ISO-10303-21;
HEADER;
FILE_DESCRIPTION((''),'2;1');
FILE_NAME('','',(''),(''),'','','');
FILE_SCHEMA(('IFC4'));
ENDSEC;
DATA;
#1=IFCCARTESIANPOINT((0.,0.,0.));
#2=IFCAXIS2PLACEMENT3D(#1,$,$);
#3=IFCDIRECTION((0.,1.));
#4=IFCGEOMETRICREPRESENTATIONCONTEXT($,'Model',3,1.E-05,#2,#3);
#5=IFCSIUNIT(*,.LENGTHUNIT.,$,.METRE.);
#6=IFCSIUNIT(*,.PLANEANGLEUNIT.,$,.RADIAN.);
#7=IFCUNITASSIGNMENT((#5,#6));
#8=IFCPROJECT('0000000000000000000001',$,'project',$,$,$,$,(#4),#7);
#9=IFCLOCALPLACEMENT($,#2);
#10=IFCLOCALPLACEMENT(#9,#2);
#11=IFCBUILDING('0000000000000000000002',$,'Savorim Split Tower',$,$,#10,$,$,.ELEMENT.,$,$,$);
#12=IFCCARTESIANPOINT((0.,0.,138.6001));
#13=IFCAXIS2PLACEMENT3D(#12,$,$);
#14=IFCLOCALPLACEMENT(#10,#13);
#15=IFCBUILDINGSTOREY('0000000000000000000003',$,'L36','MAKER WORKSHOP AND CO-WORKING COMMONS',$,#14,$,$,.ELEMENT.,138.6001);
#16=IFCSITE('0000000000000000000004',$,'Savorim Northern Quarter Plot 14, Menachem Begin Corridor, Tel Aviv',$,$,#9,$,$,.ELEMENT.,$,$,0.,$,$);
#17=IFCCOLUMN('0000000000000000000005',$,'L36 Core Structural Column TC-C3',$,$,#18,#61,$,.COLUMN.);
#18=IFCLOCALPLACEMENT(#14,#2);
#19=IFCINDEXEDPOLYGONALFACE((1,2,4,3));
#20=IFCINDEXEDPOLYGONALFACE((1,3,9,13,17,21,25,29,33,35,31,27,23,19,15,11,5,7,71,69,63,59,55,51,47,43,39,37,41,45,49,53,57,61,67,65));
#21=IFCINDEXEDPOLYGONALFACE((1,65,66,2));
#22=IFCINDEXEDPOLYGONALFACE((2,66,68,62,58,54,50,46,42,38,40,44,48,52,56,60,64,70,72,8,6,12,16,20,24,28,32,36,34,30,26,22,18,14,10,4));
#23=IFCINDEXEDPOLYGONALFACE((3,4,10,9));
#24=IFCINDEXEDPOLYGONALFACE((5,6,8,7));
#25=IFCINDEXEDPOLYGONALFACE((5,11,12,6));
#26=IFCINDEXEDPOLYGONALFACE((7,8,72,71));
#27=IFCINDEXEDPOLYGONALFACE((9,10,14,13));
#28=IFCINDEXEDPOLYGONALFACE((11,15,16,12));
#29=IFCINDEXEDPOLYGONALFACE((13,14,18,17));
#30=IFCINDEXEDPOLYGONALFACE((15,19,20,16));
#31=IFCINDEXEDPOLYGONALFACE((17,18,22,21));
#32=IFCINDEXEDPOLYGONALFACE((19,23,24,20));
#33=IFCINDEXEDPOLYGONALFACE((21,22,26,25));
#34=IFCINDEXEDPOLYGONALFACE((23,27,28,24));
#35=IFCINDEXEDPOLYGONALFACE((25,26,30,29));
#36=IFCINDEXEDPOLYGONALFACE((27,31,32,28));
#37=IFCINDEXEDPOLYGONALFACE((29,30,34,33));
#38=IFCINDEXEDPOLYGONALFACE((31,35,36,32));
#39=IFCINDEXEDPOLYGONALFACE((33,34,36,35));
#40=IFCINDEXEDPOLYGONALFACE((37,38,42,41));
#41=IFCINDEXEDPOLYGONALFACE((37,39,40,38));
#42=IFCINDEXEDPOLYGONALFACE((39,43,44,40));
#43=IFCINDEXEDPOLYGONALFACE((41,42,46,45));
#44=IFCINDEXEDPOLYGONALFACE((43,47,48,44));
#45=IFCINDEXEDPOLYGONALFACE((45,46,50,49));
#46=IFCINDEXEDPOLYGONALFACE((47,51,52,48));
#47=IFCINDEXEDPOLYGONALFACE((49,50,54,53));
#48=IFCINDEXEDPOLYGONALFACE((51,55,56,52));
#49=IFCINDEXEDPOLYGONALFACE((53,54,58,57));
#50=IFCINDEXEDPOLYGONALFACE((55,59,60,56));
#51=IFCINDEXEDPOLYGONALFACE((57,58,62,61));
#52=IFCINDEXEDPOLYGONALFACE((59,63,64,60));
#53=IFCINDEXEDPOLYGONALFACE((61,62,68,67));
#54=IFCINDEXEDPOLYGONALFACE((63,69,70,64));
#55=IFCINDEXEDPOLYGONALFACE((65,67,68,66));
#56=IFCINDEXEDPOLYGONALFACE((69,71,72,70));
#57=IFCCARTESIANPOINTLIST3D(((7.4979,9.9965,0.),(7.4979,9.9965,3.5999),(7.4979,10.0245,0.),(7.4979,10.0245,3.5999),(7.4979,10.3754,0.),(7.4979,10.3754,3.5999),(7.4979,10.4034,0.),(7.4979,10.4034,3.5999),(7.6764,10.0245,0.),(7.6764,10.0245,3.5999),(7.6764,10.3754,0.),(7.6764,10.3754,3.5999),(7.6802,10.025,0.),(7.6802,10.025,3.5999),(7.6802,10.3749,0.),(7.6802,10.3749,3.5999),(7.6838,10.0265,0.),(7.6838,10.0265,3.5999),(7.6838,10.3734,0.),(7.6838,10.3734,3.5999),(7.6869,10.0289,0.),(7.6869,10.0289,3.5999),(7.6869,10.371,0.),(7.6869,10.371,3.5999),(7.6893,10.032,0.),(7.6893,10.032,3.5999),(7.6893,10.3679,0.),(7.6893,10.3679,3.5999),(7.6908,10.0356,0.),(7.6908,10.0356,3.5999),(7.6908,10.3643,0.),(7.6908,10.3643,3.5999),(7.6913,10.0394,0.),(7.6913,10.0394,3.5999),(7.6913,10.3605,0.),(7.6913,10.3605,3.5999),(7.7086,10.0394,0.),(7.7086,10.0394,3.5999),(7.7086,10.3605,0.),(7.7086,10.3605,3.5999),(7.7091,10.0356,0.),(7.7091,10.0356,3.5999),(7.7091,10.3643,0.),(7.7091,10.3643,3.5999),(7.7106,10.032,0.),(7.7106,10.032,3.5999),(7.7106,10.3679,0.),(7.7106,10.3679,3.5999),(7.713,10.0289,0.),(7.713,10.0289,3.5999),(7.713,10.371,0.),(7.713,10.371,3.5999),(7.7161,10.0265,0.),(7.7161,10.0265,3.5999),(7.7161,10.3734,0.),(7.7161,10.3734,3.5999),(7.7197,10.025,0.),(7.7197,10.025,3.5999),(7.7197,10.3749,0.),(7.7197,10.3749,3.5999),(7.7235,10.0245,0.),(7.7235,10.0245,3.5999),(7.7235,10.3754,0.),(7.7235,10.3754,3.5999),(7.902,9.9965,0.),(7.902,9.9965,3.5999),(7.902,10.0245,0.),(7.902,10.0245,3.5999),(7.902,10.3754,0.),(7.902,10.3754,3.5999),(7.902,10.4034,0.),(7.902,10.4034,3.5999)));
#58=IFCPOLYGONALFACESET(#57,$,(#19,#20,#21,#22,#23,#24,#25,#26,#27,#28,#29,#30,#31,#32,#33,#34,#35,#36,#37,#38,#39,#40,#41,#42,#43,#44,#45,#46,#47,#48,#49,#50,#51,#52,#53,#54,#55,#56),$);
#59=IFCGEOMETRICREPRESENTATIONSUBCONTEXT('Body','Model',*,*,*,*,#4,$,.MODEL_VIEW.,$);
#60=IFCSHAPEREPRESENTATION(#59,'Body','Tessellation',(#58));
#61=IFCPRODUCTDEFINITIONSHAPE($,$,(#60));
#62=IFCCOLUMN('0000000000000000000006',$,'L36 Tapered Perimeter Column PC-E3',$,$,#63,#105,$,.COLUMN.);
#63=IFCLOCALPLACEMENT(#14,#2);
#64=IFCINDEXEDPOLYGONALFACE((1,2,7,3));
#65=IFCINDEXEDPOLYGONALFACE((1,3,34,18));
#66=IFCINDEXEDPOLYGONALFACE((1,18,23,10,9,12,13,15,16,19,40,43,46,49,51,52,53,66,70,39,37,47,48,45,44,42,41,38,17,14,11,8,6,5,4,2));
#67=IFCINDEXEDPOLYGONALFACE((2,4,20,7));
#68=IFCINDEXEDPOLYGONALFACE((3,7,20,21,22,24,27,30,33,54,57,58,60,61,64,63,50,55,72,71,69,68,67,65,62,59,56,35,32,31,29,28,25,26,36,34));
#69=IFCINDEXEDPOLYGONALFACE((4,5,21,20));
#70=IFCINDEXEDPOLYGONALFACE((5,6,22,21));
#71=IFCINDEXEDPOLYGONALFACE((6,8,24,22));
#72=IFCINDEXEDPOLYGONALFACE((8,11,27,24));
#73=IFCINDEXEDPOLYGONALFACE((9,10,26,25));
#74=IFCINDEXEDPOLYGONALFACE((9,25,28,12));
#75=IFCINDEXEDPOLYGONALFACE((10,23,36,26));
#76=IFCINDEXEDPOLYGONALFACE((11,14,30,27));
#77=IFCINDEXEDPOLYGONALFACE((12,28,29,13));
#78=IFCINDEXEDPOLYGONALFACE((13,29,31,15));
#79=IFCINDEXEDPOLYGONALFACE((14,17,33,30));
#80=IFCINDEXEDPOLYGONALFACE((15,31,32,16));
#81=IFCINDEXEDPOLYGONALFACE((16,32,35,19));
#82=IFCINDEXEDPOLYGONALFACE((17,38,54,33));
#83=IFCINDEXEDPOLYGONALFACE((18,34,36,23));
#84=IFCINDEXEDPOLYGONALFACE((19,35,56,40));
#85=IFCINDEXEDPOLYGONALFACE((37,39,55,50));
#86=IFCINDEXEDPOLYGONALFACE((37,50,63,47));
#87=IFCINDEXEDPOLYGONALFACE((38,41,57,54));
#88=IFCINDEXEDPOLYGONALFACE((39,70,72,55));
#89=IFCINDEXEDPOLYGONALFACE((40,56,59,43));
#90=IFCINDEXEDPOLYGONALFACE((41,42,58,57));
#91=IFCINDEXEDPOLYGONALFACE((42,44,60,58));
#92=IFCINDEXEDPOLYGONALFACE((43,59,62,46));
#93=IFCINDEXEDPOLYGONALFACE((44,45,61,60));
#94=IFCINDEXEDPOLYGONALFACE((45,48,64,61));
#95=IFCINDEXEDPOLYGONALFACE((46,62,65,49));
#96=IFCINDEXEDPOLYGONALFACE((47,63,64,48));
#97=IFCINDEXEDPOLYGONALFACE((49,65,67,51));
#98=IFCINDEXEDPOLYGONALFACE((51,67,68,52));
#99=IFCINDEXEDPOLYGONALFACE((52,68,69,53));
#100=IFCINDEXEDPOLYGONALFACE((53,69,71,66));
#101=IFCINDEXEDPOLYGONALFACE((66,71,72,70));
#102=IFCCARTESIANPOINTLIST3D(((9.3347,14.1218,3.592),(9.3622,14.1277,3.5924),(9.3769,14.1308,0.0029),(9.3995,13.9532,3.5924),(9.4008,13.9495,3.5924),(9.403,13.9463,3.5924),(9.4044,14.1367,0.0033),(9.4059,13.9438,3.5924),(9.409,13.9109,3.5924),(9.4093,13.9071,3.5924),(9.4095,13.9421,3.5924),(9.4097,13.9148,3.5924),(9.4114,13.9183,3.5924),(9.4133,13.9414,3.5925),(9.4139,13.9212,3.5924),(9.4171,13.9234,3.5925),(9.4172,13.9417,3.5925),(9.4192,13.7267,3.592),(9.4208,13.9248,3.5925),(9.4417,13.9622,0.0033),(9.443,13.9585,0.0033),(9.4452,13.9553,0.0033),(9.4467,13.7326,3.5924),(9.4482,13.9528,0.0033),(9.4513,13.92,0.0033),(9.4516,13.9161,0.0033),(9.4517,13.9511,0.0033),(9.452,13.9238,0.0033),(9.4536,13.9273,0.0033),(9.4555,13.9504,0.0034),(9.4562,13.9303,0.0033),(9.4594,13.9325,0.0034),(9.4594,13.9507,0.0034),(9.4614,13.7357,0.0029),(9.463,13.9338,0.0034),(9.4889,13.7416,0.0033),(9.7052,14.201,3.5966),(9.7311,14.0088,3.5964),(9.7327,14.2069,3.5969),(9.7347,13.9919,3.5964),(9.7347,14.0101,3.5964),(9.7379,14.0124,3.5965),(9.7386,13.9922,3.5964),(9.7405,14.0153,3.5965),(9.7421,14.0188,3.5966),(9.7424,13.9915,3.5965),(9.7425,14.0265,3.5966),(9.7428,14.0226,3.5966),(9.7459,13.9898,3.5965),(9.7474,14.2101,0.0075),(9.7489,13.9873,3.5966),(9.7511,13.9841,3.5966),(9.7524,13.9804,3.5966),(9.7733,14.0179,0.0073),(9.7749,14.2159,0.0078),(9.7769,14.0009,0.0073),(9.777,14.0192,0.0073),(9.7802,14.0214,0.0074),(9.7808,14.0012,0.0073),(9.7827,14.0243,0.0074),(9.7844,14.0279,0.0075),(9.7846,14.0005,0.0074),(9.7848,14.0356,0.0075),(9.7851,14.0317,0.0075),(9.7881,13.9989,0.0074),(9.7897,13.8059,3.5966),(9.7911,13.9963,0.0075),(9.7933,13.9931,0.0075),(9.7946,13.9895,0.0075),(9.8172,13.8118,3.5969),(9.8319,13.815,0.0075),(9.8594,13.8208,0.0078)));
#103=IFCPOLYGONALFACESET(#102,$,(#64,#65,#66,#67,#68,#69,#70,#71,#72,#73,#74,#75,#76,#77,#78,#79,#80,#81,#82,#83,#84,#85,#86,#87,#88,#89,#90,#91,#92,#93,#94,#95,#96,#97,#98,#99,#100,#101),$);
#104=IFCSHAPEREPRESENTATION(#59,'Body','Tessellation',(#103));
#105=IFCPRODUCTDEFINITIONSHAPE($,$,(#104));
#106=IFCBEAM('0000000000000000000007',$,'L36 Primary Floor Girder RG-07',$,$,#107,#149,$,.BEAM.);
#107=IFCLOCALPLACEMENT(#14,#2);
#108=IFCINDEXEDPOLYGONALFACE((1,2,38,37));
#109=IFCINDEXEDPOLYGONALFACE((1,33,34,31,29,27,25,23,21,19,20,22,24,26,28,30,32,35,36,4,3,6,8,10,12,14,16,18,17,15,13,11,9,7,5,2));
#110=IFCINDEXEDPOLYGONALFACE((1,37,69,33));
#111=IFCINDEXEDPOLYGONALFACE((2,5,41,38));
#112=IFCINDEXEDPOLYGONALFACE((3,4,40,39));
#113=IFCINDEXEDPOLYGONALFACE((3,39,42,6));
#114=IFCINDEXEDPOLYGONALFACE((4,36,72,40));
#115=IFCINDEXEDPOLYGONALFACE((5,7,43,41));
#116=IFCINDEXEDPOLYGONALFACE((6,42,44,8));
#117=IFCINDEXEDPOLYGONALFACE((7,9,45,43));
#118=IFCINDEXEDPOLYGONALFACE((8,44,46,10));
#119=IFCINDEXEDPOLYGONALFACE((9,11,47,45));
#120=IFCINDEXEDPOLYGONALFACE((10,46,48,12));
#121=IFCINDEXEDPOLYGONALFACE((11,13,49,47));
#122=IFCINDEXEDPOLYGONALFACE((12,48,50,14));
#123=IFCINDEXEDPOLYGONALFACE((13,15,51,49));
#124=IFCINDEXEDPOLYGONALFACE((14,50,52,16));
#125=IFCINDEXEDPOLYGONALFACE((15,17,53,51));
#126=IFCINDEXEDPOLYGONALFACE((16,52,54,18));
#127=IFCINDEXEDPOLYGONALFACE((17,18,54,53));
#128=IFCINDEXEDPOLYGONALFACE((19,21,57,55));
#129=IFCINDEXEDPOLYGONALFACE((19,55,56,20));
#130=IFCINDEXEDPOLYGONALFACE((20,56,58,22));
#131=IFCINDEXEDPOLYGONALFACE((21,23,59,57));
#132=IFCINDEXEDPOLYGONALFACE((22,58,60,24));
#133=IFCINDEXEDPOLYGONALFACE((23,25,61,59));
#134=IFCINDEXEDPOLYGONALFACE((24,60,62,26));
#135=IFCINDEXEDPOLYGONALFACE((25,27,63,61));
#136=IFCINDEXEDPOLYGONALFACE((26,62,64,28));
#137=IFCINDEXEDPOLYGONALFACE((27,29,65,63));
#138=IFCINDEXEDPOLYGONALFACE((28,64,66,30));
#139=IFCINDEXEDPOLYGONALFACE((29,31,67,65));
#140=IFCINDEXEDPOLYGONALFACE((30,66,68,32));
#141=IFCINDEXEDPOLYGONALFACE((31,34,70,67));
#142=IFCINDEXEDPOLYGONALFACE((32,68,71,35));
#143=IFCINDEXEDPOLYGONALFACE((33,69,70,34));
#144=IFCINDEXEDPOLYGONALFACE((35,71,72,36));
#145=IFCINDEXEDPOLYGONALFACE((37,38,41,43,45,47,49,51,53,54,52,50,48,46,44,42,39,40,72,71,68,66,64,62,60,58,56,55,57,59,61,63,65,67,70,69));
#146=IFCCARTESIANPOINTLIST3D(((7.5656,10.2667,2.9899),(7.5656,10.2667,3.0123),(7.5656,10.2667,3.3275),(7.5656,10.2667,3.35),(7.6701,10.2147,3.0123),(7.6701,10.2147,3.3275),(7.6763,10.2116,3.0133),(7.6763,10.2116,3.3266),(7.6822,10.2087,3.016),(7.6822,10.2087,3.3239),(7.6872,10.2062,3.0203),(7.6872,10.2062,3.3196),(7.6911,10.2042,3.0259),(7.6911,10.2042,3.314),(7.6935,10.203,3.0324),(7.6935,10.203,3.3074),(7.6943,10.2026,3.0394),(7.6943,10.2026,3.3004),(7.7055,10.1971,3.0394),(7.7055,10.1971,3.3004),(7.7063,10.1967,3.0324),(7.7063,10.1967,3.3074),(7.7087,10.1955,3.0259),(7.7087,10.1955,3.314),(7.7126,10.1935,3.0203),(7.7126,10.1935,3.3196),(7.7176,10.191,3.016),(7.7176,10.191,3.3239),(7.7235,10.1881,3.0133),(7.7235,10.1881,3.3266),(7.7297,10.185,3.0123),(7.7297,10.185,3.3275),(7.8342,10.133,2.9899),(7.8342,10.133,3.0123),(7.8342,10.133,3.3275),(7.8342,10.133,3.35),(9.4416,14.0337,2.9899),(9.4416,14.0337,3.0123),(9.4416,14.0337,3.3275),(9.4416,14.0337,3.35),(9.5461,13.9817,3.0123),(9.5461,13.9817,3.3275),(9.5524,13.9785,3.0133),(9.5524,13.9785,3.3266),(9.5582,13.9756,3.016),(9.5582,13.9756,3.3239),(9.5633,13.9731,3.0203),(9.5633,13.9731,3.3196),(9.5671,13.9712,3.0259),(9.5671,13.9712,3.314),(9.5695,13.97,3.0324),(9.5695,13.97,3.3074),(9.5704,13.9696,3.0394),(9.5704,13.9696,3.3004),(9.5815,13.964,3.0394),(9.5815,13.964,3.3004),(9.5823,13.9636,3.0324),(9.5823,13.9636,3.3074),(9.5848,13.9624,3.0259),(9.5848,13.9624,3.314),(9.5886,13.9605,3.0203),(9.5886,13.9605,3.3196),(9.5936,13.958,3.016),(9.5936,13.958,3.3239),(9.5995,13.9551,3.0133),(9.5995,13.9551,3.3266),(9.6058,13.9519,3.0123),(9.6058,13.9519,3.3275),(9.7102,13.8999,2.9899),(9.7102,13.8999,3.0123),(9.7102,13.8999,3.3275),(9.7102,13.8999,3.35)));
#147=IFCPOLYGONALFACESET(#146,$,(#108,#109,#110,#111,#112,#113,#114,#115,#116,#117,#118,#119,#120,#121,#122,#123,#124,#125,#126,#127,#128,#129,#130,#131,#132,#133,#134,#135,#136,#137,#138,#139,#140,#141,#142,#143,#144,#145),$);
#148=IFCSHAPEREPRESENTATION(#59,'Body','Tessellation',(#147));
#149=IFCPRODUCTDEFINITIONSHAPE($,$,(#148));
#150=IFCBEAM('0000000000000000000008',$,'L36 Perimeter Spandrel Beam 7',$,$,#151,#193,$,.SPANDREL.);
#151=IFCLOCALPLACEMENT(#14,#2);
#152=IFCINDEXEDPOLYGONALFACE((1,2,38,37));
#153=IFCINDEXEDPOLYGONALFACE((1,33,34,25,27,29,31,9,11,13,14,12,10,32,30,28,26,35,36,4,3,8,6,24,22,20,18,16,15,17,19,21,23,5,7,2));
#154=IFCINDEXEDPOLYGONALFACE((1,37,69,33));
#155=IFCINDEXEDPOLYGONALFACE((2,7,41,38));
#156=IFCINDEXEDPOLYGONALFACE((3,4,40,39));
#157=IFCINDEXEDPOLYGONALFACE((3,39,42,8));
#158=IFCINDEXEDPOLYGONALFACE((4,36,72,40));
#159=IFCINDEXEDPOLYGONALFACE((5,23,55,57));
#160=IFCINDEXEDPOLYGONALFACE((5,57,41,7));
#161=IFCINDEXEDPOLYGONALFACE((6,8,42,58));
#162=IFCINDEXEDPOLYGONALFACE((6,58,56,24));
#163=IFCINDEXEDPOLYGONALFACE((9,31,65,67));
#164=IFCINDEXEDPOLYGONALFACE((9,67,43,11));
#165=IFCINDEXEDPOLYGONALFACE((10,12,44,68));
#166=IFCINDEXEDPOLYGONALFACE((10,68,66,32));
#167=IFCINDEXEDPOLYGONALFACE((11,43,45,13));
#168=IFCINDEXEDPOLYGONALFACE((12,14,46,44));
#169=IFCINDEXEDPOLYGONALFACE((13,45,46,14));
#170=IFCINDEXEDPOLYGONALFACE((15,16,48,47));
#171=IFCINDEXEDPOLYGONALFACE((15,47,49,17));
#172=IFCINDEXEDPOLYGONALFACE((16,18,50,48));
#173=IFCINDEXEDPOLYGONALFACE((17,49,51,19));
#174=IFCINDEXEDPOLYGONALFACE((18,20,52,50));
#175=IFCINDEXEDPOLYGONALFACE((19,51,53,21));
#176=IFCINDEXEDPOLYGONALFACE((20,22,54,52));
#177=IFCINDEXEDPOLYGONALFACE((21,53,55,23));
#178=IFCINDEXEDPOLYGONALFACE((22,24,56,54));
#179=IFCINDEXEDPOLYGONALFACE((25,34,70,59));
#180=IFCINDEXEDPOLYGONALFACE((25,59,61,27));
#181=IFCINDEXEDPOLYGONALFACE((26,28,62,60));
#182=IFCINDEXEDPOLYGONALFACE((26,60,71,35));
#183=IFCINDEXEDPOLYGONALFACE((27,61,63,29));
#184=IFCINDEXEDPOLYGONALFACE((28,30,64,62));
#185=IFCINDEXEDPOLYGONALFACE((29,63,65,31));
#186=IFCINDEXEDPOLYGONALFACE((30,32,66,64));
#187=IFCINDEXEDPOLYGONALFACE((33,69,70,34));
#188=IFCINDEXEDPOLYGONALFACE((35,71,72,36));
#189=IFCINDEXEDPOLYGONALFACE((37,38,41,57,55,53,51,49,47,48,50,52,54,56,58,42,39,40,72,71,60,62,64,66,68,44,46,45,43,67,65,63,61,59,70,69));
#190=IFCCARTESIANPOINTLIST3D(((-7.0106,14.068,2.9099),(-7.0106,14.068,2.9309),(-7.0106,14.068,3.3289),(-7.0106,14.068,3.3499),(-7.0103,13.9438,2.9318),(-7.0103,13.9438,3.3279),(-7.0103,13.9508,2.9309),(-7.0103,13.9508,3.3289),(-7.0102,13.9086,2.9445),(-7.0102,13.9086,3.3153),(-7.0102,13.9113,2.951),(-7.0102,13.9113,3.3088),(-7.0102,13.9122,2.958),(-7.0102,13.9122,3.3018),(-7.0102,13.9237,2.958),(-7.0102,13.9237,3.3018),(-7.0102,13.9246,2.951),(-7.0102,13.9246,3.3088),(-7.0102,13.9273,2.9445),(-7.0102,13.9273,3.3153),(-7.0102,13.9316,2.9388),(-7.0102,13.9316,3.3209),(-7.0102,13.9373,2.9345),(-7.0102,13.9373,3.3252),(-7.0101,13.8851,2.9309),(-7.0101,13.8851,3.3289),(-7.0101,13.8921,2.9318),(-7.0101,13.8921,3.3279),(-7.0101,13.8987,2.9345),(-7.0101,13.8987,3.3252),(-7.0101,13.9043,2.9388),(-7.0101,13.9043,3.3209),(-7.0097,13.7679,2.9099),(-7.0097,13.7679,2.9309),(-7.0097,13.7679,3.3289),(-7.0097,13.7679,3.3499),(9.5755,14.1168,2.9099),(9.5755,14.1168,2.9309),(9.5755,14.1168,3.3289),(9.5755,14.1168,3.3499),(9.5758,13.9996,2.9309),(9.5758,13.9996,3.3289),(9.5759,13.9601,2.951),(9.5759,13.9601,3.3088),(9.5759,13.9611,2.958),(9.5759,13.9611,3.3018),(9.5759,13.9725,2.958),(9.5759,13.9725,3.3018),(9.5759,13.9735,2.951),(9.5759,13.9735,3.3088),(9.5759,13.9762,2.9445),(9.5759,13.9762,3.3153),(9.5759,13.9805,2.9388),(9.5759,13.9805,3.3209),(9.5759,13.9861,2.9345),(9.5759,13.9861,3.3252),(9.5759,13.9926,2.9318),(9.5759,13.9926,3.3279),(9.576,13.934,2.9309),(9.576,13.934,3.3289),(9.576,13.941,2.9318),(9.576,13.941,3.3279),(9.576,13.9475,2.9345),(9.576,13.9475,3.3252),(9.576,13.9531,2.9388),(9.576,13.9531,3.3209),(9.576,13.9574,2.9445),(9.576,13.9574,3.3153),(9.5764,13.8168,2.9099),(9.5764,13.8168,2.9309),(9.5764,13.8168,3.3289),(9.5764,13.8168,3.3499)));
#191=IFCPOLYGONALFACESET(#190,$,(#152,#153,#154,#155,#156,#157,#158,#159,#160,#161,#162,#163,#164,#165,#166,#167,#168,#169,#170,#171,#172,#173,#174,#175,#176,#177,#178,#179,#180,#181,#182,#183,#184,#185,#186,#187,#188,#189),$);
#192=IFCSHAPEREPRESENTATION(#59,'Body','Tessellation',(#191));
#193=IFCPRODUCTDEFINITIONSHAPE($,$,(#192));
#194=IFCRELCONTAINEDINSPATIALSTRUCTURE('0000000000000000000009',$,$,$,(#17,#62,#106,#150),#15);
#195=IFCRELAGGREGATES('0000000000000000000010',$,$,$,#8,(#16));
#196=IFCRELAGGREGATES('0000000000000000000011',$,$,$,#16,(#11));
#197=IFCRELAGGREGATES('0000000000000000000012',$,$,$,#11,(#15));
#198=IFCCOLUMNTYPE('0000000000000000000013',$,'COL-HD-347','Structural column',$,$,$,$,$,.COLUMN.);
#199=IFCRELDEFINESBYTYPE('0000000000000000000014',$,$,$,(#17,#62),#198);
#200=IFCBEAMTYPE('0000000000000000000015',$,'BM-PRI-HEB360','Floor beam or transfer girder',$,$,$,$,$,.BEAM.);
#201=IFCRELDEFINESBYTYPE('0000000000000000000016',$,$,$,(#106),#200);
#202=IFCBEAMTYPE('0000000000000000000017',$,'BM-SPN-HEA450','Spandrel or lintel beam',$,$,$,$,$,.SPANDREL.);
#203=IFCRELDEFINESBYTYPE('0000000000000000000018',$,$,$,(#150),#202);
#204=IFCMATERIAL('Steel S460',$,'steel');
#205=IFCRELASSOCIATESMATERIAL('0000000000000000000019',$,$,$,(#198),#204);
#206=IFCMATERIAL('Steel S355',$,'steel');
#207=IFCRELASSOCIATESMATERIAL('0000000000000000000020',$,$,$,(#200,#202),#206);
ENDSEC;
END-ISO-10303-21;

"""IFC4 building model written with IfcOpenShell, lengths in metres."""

from ifc_helpers import new_model, si_unit, direction, frame, origin, origin_2d, place, context, subcontext, project, spatial, i_section, extrude, material, material_profile, profile_set, type_object, element, save


model = new_model("IFC4")

# Units and contexts
model_context = context("Model", 3, precision=1e-05, world=origin(), true_north=direction((0.0, 1.0)))
body_context = subcontext(model_context, "Body", "Model", "MODEL_VIEW")
ifc_project = project(units=[si_unit("LENGTHUNIT", "METRE"), si_unit("PLANEANGLEUNIT", "RADIAN")], contexts=[model_context])

# Site, building, storey
site_placement = place(None, origin())
site = spatial("IfcSite", under=ifc_project, at=site_placement, Name="Savorim Northern Quarter Plot 14, Menachem Begin Corridor, Tel Aviv", CompositionType="ELEMENT", RefElevation=0.0)
building_placement = place(site_placement, origin())
building = spatial("IfcBuilding", under=site, at=building_placement, Name="Savorim Split Tower", CompositionType="ELEMENT")
storey_placement = place(building_placement, frame((0.0, 0.0, 138.6001)))
storey = spatial("IfcBuildingStorey", under=building, at=storey_placement, Name="L36", Description="MAKER WORKSHOP AND CO-WORKING COMMONS", CompositionType="ELEMENT", Elevation=138.6001)

# Columns
ifc_material_1 = material(Name="Steel S460", Category="steel")
ifc_material_profile_1 = material_profile(ifc_material_1, i_section(OverallWidth=0.4041, OverallDepth=0.407, WebThickness=0.0173, FlangeThickness=0.0281, FilletRadius=0.0149, at=origin_2d()), Name="HD 400x347")
ifc_profile_set_1 = profile_set([ifc_material_profile_1], Name="Steel S460")
column_type = type_object("IfcColumnType", Name="COL-HD-347", Description="Structural column", PredefinedType="COLUMN", material=ifc_profile_set_1)
column_1_placement = place(storey_placement, frame((7.7, 10.2, 0.0), z_axis=(0.0, 0.0, 1.0), x_axis=(1.0, 0.0, 0.0)))
element("IfcColumn", 1, at=column_1_placement, inside=storey, type_object=column_type, Name="L36 Core Structural Column TC-C3", PredefinedType="COLUMN", context=body_context, shape_type="SweptSolid", body=[
    extrude(i_section(OverallWidth=0.4041, OverallDepth=0.407, WebThickness=0.0173, FlangeThickness=0.0281, FilletRadius=0.0149, at=origin_2d()), origin(), (0.0, 0.0, 1.0), 3.5999),
])
column_2_placement = place(storey_placement, frame((9.6182, 13.9758, 0.0054), z_axis=(-0.011767, -0.002517, 0.999928), x_axis=(0.209143, -0.977885, 0.0)))
element("IfcColumn", 2, at=column_2_placement, inside=storey, type_object=column_type, Name="L36 Tapered Perimeter Column PC-E3", PredefinedType="COLUMN", context=body_context, shape_type="SweptSolid", body=[
    extrude(i_section(OverallWidth=0.4041, OverallDepth=0.407, WebThickness=0.0173, FlangeThickness=0.0281, FilletRadius=0.0149, at=origin_2d()), origin(), (0.0, 0.0, 1.0), 3.5894),
])

# Beams
ifc_material_2 = material(Name="Steel S355", Category="steel")
ifc_material_profile_2 = material_profile(ifc_material_2, i_section(OverallWidth=0.3, OverallDepth=0.3601, WebThickness=0.0125, FlangeThickness=0.0225, FilletRadius=0.0271, at=origin_2d()), Name="HEB 360")
ifc_profile_set_2 = profile_set([ifc_material_profile_2], Name="Steel S355")
beam_type_1 = type_object("IfcBeamType", Name="BM-PRI-HEB360", Description="Floor beam or transfer girder", PredefinedType="BEAM", material=ifc_profile_set_2)
beam_1_placement = place(storey_placement, frame((9.5759, 13.9668, 3.1699), z_axis=(-0.445797, -0.895134, 0.0), x_axis=(0.895134, -0.445797, 0.0)))
element("IfcBeam", 3, at=beam_1_placement, inside=storey, type_object=beam_type_1, Name="L36 Primary Floor Girder RG-07", PredefinedType="BEAM", context=body_context, shape_type="SweptSolid", body=[
    extrude(i_section(OverallWidth=0.3, OverallDepth=0.3601, WebThickness=0.0125, FlangeThickness=0.0225, FilletRadius=0.0271, at=origin_2d()), origin(), (0.0, 0.0, 1.0), 4.2083),
])
ifc_material_profile_3 = material_profile(ifc_material_2, i_section(OverallWidth=0.3, OverallDepth=0.4399, WebThickness=0.0115, FlangeThickness=0.021, FilletRadius=0.0271, at=origin_2d()), Name="HEA 450")
ifc_profile_set_3 = profile_set([ifc_material_profile_3], Name="Steel S355")
beam_type_2 = type_object("IfcBeamType", Name="BM-SPN-HEA450", Description="Spandrel or lintel beam", PredefinedType="SPANDREL", material=ifc_profile_set_3)
beam_2_placement = place(storey_placement, frame((9.5759, 13.9668, 3.1299), z_axis=(-0.999996, -0.002944, 0.0), x_axis=(0.002944, -0.999996, 0.0)))
element("IfcBeam", 4, at=beam_2_placement, inside=storey, type_object=beam_type_2, Name="L36 Perimeter Spandrel Beam 7", PredefinedType="SPANDREL", context=body_context, shape_type="SweptSolid", body=[
    extrude(i_section(OverallWidth=0.3, OverallDepth=0.4399, WebThickness=0.0115, FlangeThickness=0.021, FilletRadius=0.0271, at=origin_2d()), origin(), (0.0, 0.0, 1.0), 16.5862),
])

save(model, "model.ifc")
